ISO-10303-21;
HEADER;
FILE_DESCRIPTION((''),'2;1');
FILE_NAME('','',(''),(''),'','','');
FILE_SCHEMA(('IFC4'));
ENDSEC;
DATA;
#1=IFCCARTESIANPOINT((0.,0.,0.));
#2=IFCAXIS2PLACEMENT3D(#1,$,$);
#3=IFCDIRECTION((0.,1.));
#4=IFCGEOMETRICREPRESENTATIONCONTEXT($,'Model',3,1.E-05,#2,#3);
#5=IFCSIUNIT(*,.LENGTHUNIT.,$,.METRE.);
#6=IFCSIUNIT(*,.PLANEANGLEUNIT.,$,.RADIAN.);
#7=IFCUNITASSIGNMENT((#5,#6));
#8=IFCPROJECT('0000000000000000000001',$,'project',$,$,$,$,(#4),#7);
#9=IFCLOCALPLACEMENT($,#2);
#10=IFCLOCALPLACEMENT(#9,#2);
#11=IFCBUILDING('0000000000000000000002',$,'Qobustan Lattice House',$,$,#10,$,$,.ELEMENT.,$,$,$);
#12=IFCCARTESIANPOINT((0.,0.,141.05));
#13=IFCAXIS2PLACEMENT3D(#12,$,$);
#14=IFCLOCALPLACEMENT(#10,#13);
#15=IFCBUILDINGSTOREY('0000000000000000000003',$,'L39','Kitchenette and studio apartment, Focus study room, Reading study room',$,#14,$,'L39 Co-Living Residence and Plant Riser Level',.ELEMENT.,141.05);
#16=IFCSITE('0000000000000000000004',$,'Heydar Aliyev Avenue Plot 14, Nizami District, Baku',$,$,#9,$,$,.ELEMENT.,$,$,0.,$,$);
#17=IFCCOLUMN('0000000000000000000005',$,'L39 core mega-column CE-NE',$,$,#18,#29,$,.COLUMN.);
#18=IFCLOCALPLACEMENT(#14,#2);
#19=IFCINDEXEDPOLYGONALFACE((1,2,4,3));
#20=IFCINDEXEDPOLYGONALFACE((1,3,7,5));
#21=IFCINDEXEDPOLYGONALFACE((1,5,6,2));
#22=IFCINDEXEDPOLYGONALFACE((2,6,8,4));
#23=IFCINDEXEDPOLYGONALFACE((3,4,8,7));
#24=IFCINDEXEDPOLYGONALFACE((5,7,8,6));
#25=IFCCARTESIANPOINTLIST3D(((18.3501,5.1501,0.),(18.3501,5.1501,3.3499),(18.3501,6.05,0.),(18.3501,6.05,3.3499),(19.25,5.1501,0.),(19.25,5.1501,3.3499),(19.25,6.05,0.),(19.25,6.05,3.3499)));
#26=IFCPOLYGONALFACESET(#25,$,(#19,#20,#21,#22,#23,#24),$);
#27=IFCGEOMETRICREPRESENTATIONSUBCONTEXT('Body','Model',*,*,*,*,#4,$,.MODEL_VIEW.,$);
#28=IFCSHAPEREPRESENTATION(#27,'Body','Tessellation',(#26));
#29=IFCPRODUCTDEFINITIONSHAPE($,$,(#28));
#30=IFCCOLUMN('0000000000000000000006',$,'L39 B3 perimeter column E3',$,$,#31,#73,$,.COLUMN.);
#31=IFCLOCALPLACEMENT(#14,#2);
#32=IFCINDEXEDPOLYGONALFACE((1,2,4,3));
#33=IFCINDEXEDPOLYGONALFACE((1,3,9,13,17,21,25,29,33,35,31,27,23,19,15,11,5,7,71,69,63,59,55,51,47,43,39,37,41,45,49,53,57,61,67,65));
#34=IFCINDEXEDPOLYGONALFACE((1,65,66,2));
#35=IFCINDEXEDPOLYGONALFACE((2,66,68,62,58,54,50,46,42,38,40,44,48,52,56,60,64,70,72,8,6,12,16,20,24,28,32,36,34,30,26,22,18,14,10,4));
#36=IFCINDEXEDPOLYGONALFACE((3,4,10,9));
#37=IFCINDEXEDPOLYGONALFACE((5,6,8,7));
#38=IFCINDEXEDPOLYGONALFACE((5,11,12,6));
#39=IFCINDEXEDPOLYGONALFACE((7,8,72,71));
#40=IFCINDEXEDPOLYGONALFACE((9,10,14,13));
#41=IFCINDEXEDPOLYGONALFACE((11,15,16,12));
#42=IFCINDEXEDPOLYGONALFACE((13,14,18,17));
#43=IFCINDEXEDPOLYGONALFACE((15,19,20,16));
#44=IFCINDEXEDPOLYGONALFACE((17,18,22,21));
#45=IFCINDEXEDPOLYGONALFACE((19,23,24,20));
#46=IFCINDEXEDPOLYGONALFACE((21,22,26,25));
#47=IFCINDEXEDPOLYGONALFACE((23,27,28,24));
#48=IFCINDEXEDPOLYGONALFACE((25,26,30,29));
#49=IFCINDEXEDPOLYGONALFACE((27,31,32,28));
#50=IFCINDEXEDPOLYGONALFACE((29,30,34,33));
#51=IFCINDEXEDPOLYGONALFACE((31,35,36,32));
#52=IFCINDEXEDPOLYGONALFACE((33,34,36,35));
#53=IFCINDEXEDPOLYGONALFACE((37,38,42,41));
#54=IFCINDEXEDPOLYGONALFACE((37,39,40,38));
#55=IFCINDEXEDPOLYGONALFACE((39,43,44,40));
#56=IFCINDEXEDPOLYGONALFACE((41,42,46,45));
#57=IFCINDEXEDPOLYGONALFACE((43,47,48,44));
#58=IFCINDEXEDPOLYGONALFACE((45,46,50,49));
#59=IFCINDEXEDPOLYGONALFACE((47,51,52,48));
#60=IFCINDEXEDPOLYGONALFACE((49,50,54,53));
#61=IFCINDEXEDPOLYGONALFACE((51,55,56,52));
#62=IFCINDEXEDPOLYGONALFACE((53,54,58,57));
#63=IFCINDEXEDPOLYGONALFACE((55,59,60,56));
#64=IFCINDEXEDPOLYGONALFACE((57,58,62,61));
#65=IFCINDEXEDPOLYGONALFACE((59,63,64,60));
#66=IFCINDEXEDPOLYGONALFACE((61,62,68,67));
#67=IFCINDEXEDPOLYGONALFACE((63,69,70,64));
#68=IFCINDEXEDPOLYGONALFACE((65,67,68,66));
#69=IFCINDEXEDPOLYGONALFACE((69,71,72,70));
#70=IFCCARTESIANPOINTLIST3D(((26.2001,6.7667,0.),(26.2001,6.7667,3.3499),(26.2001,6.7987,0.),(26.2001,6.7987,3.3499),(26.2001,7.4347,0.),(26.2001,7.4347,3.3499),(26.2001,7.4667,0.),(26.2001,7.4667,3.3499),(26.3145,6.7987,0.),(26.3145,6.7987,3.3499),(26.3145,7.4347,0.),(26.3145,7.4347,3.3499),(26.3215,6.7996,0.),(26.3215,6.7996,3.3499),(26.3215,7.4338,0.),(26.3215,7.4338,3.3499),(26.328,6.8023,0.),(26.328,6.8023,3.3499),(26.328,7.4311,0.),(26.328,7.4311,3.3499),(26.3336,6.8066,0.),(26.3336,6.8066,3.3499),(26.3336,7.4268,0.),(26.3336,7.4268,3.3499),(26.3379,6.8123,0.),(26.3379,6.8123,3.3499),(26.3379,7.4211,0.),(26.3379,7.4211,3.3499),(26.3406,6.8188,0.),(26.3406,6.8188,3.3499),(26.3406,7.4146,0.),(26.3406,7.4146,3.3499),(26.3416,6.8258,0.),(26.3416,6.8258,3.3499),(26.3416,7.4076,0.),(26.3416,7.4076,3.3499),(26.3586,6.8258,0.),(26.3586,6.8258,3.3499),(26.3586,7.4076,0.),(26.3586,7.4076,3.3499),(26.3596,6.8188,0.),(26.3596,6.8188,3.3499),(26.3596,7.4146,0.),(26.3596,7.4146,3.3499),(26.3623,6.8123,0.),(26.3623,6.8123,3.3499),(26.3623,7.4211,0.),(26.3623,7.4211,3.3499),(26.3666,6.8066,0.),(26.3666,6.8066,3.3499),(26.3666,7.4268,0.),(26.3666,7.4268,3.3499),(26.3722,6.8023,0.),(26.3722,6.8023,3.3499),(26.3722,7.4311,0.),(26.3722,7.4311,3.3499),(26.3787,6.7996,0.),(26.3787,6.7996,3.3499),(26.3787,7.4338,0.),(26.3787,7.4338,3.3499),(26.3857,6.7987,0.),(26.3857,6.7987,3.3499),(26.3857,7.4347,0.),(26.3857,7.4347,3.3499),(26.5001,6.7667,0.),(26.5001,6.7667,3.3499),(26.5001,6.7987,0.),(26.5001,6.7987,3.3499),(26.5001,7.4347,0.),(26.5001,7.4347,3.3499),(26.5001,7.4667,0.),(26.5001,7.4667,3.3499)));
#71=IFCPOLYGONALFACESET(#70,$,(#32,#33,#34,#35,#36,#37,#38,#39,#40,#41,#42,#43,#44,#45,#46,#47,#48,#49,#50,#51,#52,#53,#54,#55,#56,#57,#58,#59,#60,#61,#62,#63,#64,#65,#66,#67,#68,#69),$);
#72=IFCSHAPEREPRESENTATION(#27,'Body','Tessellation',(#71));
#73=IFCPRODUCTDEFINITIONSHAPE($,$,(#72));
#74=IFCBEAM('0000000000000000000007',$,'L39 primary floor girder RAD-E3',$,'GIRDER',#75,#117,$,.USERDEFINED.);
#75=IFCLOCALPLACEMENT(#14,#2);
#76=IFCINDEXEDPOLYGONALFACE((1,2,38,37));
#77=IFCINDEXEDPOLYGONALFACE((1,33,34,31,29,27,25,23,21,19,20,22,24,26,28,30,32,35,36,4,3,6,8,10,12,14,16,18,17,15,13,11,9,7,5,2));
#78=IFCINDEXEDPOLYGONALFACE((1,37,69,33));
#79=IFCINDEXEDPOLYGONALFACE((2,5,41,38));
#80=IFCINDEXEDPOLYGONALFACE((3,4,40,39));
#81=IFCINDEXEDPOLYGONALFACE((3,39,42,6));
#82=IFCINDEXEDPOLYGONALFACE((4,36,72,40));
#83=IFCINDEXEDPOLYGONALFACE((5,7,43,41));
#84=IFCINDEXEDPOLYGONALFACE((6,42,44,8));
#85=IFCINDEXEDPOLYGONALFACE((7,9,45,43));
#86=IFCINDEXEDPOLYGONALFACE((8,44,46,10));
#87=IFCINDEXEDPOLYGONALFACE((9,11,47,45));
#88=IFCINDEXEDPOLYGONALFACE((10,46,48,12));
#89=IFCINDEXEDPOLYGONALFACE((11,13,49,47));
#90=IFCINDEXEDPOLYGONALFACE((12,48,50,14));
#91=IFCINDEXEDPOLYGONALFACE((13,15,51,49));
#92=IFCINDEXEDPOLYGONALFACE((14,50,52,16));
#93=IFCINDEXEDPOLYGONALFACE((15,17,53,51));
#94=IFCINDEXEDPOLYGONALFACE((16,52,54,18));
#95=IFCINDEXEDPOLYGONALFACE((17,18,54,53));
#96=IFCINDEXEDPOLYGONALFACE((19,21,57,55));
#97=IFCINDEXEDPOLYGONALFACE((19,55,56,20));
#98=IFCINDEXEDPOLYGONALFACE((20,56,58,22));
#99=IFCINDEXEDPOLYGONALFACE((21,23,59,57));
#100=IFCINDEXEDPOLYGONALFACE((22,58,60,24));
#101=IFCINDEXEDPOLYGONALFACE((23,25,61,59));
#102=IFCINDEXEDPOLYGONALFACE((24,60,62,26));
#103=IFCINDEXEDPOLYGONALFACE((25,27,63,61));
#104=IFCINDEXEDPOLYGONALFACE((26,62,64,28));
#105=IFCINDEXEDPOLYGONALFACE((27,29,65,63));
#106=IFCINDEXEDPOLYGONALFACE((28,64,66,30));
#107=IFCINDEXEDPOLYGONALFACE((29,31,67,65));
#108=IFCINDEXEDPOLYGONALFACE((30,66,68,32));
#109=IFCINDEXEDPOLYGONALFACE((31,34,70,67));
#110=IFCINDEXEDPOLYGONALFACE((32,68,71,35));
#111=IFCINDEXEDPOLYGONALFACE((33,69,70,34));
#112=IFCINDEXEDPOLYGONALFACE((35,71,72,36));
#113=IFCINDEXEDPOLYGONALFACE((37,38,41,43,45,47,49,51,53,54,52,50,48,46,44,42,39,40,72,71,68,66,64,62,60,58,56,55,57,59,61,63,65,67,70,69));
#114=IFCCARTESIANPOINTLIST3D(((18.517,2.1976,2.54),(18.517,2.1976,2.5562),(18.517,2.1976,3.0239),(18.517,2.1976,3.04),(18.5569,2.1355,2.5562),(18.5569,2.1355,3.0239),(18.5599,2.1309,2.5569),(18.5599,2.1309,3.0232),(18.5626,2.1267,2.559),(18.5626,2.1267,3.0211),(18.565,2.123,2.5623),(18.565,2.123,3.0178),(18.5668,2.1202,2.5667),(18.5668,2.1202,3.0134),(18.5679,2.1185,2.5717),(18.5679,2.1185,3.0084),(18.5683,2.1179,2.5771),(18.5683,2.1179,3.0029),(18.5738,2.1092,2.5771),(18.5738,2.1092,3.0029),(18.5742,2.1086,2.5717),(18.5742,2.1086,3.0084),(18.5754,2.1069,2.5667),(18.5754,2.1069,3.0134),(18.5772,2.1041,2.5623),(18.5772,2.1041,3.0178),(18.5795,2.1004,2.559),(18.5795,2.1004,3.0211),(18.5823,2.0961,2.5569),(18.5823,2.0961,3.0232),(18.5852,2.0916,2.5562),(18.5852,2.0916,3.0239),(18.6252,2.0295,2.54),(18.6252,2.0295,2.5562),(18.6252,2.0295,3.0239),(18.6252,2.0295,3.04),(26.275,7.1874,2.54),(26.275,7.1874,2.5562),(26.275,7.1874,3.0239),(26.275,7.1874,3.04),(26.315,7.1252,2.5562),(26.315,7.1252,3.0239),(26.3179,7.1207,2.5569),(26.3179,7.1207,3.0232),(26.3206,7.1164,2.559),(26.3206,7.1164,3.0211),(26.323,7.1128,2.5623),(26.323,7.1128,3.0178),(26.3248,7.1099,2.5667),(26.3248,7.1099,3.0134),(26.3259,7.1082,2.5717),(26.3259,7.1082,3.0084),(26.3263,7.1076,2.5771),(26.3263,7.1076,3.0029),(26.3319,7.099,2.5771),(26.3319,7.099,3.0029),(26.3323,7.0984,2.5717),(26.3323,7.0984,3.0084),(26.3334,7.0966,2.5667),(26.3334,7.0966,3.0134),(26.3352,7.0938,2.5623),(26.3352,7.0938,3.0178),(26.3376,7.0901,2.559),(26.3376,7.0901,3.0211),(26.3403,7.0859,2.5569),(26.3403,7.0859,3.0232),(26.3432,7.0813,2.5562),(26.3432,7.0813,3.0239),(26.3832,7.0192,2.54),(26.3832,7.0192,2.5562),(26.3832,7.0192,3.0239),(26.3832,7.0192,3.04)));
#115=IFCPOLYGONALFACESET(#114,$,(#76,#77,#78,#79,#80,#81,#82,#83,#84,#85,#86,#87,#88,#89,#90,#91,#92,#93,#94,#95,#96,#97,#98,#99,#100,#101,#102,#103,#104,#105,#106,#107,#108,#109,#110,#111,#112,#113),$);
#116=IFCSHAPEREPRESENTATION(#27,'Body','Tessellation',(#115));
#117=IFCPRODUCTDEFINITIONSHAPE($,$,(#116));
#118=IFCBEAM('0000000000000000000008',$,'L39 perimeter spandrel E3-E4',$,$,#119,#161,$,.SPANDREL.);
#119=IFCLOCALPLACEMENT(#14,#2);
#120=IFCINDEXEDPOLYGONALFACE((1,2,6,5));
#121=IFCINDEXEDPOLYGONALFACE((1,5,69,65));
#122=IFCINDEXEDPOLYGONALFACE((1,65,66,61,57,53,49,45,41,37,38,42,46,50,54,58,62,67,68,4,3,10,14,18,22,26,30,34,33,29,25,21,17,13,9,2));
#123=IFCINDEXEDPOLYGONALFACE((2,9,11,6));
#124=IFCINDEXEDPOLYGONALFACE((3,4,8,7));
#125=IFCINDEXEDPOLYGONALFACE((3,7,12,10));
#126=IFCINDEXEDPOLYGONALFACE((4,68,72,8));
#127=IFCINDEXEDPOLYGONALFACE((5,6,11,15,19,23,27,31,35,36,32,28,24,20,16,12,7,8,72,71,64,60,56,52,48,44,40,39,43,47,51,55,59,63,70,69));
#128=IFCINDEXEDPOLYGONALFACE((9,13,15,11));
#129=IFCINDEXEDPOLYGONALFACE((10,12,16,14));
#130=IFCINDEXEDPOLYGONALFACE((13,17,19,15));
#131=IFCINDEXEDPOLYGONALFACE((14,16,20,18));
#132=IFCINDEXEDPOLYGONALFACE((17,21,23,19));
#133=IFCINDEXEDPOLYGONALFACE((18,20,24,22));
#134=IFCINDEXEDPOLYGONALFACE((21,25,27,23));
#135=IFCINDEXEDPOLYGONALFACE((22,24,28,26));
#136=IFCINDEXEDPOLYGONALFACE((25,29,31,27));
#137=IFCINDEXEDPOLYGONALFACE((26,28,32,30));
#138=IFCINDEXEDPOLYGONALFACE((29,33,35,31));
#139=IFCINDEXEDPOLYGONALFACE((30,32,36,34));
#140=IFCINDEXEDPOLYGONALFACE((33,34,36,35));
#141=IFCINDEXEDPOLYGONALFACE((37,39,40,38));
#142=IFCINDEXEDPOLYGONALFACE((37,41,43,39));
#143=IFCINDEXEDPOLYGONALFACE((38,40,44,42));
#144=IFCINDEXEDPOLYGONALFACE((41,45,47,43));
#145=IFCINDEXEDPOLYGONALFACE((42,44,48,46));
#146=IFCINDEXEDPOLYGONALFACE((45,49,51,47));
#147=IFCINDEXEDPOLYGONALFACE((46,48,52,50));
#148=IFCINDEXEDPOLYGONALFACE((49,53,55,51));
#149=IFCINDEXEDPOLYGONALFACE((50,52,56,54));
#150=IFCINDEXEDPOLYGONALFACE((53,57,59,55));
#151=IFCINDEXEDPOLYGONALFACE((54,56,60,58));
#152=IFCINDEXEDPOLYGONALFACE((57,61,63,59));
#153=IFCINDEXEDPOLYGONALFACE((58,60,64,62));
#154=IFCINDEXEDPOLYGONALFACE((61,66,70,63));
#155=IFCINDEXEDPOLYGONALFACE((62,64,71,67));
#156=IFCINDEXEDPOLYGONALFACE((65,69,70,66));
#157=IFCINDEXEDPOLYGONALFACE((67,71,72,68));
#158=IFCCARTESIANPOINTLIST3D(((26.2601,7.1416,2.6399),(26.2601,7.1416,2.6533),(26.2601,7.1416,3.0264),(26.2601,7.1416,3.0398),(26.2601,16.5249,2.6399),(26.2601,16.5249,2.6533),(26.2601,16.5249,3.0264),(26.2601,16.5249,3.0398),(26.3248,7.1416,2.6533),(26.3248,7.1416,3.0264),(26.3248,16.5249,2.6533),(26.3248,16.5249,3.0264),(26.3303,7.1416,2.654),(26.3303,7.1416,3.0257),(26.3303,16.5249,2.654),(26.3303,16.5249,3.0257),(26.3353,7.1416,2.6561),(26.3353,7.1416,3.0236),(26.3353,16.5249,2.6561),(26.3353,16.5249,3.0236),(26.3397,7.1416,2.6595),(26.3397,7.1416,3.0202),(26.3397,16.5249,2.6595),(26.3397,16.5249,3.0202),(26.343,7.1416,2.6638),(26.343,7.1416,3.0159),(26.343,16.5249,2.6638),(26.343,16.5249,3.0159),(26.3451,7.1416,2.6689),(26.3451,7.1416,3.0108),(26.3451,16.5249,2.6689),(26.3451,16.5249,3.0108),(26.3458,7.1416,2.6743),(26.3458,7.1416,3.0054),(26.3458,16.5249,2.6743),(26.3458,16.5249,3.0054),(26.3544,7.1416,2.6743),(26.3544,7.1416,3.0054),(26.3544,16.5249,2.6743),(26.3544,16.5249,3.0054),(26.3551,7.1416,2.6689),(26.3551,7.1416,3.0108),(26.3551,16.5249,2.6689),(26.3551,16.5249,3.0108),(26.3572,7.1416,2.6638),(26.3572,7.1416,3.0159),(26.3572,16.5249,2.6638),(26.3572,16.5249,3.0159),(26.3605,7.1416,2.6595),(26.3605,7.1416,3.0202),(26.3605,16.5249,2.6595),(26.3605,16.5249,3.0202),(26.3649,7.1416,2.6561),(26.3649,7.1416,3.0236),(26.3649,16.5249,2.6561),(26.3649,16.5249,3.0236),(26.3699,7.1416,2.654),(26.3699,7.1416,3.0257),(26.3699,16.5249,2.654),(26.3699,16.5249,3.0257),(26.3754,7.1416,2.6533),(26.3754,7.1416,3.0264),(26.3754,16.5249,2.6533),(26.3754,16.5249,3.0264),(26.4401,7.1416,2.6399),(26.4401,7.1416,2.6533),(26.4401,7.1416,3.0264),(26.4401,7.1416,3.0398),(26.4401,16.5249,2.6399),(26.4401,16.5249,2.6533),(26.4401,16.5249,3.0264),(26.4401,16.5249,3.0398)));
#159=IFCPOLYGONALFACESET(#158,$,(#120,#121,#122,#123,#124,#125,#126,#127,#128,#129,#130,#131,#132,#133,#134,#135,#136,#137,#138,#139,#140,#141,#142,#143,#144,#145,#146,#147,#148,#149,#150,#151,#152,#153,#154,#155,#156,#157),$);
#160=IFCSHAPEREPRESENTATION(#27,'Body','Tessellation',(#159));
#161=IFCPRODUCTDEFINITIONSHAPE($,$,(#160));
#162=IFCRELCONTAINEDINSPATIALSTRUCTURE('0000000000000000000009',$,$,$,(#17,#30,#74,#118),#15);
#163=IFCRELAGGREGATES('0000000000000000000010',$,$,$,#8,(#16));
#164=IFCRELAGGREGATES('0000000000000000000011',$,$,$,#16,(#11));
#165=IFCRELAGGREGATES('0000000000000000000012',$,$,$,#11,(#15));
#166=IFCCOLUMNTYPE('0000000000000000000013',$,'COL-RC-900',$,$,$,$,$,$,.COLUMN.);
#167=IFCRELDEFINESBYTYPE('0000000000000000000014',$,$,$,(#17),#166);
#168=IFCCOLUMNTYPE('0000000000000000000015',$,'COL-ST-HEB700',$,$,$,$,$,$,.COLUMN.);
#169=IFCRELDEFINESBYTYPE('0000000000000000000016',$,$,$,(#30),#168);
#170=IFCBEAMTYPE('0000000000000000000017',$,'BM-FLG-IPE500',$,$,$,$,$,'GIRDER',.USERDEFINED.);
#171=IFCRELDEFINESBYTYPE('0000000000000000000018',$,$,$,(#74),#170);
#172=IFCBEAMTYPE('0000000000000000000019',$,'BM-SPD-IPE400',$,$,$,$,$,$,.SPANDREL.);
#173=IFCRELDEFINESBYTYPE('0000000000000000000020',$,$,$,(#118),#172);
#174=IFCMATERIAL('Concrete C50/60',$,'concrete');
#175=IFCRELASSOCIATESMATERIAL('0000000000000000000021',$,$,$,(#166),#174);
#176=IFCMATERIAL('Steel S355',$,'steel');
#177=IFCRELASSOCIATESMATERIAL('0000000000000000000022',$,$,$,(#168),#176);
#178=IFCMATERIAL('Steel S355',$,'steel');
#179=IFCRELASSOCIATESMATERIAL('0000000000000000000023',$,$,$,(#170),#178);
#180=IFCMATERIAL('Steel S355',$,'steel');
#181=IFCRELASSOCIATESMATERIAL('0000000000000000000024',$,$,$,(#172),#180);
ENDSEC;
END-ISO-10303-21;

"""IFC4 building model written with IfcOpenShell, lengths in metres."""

from ifc_helpers import new_model, si_unit, direction, frame, origin, origin_2d, place, context, subcontext, project, spatial, rectangle, i_section, extrude, material, material_profile, profile_set, type_object, element, save


model = new_model("IFC4")

# Units and contexts
model_context = context("Model", 3, precision=1e-05, world=origin(), true_north=direction((0.0, 1.0)))
body_context = subcontext(model_context, "Body", "Model", "MODEL_VIEW")
ifc_project = project(units=[si_unit("LENGTHUNIT", "METRE"), si_unit("PLANEANGLEUNIT", "RADIAN")], contexts=[model_context])

# Site, building, storey
site_placement = place(None, origin())
site = spatial("IfcSite", under=ifc_project, at=site_placement, Name="Heydar Aliyev Avenue Plot 14, Nizami District, Baku", CompositionType="ELEMENT", RefElevation=0.0)
building_placement = place(site_placement, origin())
building = spatial("IfcBuilding", under=site, at=building_placement, Name="Qobustan Lattice House", CompositionType="ELEMENT")
storey_placement = place(building_placement, frame((0.0, 0.0, 141.05)))
storey = spatial("IfcBuildingStorey", under=building, at=storey_placement, Name="L39", Description="Kitchenette and studio apartment, Focus study room, Reading study room", LongName="L39 Co-Living Residence and Plant Riser Level", CompositionType="ELEMENT", Elevation=141.05)

# Columns
ifc_material_1 = material(Name="Concrete C50/60", Category="concrete")
ifc_material_profile_1 = material_profile(ifc_material_1, rectangle(XDim=0.8999, YDim=0.8999, at=origin_2d()), Name="RC900x900")
ifc_profile_set_1 = profile_set([ifc_material_profile_1], Name="Concrete C50/60")
column_type_1 = type_object("IfcColumnType", Name="COL-RC-900", PredefinedType="COLUMN", material=ifc_profile_set_1)
column_1_placement = place(storey_placement, frame((18.8, 5.6001, 0.0), z_axis=(0.0, 0.0, 1.0), x_axis=(1.0, 0.0, 0.0)))
element("IfcColumn", 1, at=column_1_placement, inside=storey, type_object=column_type_1, Name="L39 core mega-column CE-NE", PredefinedType="COLUMN", context=body_context, shape_type="SweptSolid", body=[
    extrude(rectangle(XDim=0.8999, YDim=0.8999, at=origin_2d()), origin(), (0.0, 0.0, 1.0), 3.3499),
])
ifc_material_2 = material(Name="Steel S355", Category="steel")
ifc_material_profile_2 = material_profile(ifc_material_2, i_section(OverallWidth=0.3, OverallDepth=0.7, WebThickness=0.0171, FlangeThickness=0.032, FilletRadius=0.0271, at=origin_2d()), Name="HEB700")
ifc_profile_set_2 = profile_set([ifc_material_profile_2], Name="Steel S355")
column_type_2 = type_object("IfcColumnType", Name="COL-ST-HEB700", PredefinedType="COLUMN", material=ifc_profile_set_2)
column_2_placement = place(storey_placement, frame((26.3501, 7.1167, 0.0), z_axis=(0.0, 0.0, 1.0), x_axis=(1.0, 0.0, 0.0)))
element("IfcColumn", 2, at=column_2_placement, inside=storey, type_object=column_type_2, Name="L39 B3 perimeter column E3", PredefinedType="COLUMN", context=body_context, shape_type="SweptSolid", body=[
    extrude(i_section(OverallWidth=0.3, OverallDepth=0.7, WebThickness=0.0171, FlangeThickness=0.032, FilletRadius=0.0271, at=origin_2d()), origin(), (0.0, 0.0, 1.0), 3.3499),
])

# Beams
ifc_material_3 = material(Name="Steel S355", Category="steel")
ifc_material_profile_3 = material_profile(ifc_material_3, i_section(OverallWidth=0.2, OverallDepth=0.5, WebThickness=0.0103, FlangeThickness=0.0161, FilletRadius=0.021, at=origin_2d()), Name="IPE500")
ifc_profile_set_3 = profile_set([ifc_material_profile_3], Name="Steel S355")
beam_type_1 = type_object("IfcBeamType", Name="BM-FLG-IPE500", ElementType="GIRDER", PredefinedType="USERDEFINED", material=ifc_profile_set_3)
beam_1_placement = place(storey_placement, frame((26.3291, 7.1033, 2.79), z_axis=(-0.841059, -0.540944, 0.0), x_axis=(0.540944, -0.841059, 0.0)))
element("IfcBeam", 3, at=beam_1_placement, inside=storey, type_object=beam_type_1, Name="L39 primary floor girder RAD-E3", ObjectType="GIRDER", PredefinedType="USERDEFINED", context=body_context, shape_type="SweptSolid", body=[
    extrude(i_section(OverallWidth=0.2, OverallDepth=0.5, WebThickness=0.0103, FlangeThickness=0.0161, FilletRadius=0.021, at=origin_2d()), origin(), (0.0, 0.0, 1.0), 9.2241),
])
ifc_material_4 = material(Name="Steel S355", Category="steel")
ifc_material_profile_4 = material_profile(ifc_material_4, i_section(OverallWidth=0.1799, OverallDepth=0.3999, WebThickness=0.0085, FlangeThickness=0.0134, FilletRadius=0.021, at=origin_2d()), Name="IPE400")
ifc_profile_set_4 = profile_set([ifc_material_profile_4], Name="Steel S355")
beam_type_2 = type_object("IfcBeamType", Name="BM-SPD-IPE400", PredefinedType="SPANDREL", material=ifc_profile_set_4)
beam_2_placement = place(storey_placement, frame((26.3501, 7.1416, 2.8398), z_axis=(0.0, 1.0, 0.0), x_axis=(-1.0, 0.0, 0.0)))
element("IfcBeam", 4, at=beam_2_placement, inside=storey, type_object=beam_type_2, Name="L39 perimeter spandrel E3-E4", PredefinedType="SPANDREL", context=body_context, shape_type="SweptSolid", body=[
    extrude(i_section(OverallWidth=0.1799, OverallDepth=0.3999, WebThickness=0.0085, FlangeThickness=0.0134, FilletRadius=0.021, at=origin_2d()), origin(), (0.0, 0.0, 1.0), 9.3833),
])

save(model, "model.ifc")
